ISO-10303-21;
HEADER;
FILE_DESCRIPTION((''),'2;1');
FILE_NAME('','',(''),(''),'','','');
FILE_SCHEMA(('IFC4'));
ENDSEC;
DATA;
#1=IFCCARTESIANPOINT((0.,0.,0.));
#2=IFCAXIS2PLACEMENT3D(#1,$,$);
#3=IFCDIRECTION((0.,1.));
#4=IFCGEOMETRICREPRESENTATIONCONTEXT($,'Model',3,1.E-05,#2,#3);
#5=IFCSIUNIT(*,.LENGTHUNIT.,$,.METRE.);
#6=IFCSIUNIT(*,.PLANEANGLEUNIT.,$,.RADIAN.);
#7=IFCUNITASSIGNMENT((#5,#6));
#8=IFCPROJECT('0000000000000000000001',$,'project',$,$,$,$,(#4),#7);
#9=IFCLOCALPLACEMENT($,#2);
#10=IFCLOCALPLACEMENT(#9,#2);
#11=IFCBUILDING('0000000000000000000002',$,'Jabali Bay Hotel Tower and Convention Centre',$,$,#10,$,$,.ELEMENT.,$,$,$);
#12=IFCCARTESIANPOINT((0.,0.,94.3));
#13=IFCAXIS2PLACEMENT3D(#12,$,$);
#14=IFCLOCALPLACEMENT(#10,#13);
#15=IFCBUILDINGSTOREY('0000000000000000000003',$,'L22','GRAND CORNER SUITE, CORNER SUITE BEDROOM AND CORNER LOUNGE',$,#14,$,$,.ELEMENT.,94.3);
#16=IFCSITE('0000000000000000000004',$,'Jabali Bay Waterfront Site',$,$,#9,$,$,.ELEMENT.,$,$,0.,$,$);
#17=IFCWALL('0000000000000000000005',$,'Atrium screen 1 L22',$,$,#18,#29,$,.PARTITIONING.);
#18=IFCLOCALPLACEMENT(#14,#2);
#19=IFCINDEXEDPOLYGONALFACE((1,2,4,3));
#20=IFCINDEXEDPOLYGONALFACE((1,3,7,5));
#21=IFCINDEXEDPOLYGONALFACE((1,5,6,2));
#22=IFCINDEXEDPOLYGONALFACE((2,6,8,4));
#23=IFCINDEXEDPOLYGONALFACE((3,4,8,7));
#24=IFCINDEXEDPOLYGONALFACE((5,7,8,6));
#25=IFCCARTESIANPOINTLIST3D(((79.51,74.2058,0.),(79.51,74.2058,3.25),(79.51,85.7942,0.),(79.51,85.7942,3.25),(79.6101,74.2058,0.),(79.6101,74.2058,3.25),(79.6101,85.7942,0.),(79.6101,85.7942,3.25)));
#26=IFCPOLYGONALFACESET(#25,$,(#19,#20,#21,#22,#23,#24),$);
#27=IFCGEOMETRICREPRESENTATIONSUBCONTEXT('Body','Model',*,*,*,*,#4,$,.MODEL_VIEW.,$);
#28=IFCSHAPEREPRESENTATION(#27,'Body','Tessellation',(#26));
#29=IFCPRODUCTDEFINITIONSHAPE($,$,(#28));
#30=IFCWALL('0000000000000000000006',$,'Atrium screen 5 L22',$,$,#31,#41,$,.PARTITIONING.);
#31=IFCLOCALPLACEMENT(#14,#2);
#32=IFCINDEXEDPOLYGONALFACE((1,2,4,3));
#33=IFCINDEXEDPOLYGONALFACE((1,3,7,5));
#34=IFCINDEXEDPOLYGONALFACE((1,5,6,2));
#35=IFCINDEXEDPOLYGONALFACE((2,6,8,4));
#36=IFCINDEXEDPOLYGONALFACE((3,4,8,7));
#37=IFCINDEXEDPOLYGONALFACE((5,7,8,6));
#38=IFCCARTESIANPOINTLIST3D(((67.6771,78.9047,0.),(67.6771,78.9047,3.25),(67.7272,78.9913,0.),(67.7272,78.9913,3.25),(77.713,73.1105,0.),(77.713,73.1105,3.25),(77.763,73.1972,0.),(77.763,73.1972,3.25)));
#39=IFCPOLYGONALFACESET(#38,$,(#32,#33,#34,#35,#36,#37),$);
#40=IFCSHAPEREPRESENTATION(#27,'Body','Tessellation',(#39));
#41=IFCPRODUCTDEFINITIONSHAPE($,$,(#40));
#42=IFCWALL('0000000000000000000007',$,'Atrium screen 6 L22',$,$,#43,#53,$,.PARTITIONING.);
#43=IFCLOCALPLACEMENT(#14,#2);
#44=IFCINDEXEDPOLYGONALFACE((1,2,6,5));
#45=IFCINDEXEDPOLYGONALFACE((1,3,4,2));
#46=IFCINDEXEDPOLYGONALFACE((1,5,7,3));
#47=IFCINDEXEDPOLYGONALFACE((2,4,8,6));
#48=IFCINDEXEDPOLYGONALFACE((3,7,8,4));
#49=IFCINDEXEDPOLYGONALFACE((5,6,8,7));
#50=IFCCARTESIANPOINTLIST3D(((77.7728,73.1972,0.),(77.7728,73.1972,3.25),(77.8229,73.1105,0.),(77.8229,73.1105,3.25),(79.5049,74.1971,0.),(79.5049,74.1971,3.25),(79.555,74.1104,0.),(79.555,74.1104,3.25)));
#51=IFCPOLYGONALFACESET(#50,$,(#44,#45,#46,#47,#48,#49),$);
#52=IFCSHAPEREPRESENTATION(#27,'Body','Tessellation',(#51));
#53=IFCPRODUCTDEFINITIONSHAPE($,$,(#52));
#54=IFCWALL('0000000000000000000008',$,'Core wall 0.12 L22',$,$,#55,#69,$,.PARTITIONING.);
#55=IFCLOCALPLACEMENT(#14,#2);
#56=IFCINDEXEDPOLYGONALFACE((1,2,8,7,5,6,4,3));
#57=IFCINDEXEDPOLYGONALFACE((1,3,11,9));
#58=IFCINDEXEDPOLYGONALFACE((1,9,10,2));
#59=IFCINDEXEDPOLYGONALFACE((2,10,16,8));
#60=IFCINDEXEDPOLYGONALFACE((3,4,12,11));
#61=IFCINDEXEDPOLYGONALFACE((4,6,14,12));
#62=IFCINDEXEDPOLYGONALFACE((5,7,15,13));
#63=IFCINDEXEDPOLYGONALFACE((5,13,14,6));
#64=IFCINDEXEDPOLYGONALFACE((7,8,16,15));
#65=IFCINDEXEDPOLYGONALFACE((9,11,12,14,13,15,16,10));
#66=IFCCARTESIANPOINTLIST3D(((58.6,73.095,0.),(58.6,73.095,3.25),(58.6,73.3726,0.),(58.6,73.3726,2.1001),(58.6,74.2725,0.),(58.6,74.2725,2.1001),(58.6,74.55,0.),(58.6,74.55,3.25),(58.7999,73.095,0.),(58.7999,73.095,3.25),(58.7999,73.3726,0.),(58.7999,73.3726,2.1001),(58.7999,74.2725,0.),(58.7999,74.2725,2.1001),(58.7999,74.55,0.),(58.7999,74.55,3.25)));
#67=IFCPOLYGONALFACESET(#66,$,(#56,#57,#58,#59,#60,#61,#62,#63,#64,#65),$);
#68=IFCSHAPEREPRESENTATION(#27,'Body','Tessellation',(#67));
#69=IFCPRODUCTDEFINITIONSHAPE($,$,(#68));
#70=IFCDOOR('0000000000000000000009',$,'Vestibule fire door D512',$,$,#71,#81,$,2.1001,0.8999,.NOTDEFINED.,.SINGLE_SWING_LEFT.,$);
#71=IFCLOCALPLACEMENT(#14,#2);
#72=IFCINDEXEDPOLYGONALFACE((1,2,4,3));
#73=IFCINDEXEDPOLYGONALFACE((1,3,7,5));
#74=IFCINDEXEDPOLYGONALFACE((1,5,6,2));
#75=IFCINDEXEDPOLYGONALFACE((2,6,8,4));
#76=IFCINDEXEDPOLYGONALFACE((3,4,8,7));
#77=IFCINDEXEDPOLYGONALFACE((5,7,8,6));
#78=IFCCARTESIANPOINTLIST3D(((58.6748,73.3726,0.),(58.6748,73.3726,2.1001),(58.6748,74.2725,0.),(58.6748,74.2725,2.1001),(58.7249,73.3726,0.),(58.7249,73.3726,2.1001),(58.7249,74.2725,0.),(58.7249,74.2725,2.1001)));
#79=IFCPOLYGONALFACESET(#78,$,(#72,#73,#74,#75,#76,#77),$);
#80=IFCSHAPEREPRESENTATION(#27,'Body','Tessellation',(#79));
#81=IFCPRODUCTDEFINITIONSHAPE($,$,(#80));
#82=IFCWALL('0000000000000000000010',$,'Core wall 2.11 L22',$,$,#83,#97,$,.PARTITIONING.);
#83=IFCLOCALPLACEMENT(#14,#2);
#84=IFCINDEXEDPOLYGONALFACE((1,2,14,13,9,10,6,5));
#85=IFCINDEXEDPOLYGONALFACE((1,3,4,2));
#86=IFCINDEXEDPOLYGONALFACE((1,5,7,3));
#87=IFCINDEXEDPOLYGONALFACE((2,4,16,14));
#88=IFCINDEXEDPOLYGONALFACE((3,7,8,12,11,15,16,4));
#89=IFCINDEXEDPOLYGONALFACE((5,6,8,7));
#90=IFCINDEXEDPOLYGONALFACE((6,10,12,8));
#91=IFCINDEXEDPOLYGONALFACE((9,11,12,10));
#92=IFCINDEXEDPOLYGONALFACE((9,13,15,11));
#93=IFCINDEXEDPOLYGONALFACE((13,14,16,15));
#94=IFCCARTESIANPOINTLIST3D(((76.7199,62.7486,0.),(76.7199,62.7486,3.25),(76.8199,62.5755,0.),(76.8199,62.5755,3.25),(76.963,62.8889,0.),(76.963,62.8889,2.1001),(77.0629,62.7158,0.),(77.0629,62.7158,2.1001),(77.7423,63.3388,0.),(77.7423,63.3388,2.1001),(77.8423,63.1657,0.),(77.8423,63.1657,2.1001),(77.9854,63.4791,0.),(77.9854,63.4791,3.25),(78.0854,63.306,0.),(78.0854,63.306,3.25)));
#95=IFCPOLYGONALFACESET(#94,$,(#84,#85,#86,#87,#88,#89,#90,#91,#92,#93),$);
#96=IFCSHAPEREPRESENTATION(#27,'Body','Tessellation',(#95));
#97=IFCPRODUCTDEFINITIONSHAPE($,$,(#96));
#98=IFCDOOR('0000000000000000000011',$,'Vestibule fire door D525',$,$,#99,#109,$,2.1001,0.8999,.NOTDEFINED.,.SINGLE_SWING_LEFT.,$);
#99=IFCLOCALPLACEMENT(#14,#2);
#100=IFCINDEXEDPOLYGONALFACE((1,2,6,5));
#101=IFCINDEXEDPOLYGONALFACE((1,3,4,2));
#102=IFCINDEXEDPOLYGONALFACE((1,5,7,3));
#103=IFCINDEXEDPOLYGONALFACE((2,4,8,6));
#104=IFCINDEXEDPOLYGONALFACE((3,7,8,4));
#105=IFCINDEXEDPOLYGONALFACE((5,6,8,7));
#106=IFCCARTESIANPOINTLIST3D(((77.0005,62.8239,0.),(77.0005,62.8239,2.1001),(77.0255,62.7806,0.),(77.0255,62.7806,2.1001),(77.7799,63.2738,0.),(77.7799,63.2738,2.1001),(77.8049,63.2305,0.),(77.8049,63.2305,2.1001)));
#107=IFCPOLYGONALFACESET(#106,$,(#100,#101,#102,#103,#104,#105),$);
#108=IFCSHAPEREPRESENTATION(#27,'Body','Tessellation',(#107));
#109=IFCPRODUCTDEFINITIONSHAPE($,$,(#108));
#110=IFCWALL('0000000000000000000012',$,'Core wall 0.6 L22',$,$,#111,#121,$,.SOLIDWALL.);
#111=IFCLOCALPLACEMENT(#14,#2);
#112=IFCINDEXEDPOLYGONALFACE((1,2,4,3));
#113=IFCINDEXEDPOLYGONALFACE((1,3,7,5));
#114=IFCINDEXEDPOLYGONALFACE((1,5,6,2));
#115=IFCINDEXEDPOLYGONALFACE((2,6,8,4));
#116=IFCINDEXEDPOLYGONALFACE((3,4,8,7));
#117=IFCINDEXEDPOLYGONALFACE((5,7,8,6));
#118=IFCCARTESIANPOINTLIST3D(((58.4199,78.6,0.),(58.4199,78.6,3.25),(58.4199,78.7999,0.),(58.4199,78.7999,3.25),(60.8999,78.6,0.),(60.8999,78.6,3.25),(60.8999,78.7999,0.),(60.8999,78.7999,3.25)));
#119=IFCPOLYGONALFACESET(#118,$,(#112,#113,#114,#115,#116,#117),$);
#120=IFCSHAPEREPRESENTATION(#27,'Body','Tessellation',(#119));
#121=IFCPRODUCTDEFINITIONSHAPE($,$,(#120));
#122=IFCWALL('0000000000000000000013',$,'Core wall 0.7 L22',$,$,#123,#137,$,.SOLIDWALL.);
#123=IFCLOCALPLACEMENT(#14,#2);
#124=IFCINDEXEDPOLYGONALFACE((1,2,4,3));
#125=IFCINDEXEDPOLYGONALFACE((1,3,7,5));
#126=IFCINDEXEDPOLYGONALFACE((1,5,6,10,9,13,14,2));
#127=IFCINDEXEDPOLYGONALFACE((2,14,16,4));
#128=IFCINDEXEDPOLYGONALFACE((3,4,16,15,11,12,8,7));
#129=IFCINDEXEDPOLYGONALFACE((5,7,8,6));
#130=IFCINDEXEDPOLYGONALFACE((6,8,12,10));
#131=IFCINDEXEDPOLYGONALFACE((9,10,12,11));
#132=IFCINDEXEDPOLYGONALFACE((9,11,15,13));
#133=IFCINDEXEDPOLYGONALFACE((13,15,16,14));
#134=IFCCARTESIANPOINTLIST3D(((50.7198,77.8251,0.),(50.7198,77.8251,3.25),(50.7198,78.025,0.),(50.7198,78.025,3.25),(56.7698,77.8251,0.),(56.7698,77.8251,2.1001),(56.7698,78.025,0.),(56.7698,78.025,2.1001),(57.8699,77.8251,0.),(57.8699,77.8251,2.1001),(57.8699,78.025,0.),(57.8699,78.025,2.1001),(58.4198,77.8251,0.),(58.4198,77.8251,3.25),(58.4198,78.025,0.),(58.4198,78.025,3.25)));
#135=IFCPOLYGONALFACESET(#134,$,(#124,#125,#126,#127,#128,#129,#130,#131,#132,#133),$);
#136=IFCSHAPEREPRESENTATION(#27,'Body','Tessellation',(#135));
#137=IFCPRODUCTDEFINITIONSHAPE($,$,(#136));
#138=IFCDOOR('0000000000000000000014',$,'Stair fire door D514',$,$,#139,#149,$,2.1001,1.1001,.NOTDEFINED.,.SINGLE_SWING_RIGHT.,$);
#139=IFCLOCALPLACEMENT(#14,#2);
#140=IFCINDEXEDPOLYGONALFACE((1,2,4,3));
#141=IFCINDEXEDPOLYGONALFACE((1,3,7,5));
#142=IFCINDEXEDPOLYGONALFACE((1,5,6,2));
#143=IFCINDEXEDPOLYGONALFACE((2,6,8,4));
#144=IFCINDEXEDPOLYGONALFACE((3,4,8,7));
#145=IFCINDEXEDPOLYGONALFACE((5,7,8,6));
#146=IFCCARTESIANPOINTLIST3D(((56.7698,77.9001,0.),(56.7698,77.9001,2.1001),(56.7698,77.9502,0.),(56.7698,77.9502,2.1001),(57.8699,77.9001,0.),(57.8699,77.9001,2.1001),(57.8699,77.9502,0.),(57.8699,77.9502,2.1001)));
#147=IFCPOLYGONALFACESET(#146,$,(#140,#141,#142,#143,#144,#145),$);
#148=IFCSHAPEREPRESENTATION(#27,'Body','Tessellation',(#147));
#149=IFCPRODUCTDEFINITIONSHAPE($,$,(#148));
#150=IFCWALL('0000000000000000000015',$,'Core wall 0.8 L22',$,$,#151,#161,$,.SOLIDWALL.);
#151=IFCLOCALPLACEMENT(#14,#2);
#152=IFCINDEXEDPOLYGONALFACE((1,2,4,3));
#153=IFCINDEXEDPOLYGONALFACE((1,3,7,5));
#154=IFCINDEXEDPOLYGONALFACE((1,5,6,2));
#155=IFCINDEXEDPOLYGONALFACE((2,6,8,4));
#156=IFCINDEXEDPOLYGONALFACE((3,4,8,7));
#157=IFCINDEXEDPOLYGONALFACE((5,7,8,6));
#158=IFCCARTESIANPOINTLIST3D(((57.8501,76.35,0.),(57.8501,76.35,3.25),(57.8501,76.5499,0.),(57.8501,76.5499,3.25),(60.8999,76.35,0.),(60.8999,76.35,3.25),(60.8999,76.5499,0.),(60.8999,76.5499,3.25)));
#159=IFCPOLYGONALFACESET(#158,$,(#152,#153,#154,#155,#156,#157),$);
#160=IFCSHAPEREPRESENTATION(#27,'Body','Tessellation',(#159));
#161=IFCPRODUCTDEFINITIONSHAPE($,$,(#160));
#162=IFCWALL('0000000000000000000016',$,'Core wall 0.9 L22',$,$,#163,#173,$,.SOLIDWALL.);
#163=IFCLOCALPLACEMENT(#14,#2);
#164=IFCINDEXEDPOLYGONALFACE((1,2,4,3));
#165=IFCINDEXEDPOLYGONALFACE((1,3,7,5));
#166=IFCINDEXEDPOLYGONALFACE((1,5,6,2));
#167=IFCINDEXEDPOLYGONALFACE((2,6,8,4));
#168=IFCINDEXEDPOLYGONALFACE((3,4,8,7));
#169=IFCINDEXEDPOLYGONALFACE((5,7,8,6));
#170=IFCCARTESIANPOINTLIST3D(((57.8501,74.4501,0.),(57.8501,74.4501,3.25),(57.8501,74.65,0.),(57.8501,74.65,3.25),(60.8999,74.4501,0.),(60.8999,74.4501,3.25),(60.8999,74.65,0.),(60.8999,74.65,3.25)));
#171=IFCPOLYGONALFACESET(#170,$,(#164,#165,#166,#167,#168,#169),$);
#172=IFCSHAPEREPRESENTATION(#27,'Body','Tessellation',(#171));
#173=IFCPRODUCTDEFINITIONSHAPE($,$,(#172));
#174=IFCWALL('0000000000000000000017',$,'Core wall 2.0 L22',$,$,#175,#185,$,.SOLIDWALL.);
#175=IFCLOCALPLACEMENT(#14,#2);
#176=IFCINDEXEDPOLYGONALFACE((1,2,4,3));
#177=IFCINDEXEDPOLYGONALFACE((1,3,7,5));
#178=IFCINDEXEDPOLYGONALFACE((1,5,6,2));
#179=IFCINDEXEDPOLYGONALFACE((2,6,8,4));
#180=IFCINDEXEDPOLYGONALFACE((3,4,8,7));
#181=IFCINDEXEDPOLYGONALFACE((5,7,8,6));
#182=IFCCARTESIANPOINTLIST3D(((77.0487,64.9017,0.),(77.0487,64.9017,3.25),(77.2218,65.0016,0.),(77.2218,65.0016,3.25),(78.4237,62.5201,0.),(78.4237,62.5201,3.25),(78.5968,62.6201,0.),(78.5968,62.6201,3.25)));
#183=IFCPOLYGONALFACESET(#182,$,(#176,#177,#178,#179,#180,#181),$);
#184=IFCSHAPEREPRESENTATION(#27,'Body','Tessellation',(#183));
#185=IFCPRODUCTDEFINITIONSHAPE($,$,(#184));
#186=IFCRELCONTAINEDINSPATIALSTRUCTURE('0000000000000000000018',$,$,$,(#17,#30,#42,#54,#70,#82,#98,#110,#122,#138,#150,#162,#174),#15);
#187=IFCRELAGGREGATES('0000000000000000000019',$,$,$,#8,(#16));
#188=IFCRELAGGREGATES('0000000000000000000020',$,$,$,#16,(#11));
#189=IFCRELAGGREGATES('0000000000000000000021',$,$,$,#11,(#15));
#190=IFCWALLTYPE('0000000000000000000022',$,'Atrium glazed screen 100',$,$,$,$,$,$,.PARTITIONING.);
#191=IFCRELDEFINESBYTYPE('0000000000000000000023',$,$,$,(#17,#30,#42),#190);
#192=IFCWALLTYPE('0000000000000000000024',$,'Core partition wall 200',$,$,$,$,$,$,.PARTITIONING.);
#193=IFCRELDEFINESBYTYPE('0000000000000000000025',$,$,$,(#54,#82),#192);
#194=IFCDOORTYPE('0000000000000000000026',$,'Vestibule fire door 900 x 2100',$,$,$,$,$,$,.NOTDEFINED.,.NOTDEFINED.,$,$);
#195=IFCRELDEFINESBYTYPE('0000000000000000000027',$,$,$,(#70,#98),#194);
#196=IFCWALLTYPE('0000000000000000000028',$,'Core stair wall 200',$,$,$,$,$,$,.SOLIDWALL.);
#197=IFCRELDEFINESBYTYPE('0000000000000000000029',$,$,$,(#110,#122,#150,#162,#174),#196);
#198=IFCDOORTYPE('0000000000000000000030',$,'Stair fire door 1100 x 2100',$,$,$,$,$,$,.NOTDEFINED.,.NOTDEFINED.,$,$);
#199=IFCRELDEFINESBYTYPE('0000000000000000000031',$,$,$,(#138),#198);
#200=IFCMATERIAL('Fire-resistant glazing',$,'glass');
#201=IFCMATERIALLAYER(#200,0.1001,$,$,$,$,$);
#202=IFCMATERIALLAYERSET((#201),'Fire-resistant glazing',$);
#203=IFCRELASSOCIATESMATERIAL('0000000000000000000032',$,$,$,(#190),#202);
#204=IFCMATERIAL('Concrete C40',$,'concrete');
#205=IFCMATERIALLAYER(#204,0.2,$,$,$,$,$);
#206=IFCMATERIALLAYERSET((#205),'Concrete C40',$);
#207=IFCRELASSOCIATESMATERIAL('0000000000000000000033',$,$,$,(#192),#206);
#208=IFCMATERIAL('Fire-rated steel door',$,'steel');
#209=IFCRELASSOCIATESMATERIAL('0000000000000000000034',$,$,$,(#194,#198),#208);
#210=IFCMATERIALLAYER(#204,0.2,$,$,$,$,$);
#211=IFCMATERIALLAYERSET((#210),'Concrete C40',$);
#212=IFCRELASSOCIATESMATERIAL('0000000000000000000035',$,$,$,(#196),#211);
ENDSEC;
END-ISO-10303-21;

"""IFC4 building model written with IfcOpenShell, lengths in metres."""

from ifc_helpers import new_model, si_unit, direction, frame, frame_2d, origin, place, context, subcontext, project, spatial, rectangle, extrude, material, layer, layer_set, type_object, element, fill, save


model = new_model("IFC4")

# Units and contexts
model_context = context("Model", 3, precision=1e-05, world=origin(), true_north=direction((0.0, 1.0)))
body_context = subcontext(model_context, "Body", "Model", "MODEL_VIEW")
ifc_project = project(units=[si_unit("LENGTHUNIT", "METRE"), si_unit("PLANEANGLEUNIT", "RADIAN")], contexts=[model_context])

# Site, building, storey
site_placement = place(None, origin())
site = spatial("IfcSite", under=ifc_project, at=site_placement, Name="Jabali Bay Waterfront Site", CompositionType="ELEMENT", RefElevation=0.0)
building_placement = place(site_placement, origin())
building = spatial("IfcBuilding", under=site, at=building_placement, Name="Jabali Bay Hotel Tower and Convention Centre", CompositionType="ELEMENT")
storey_placement = place(building_placement, frame((0.0, 0.0, 94.3)))
storey = spatial("IfcBuildingStorey", under=building, at=storey_placement, Name="L22", Description="GRAND CORNER SUITE, CORNER SUITE BEDROOM AND CORNER LOUNGE", CompositionType="ELEMENT", Elevation=94.3)

# Walls
ifc_material_1 = material(Name="Fire-resistant glazing", Category="glass")
ifc_layer_1 = layer(ifc_material_1, 0.1001)
ifc_layer_set_1 = layer_set([ifc_layer_1], Name="Fire-resistant glazing")
wall_type_1 = type_object("IfcWallType", Name="Atrium glazed screen 100", PredefinedType="PARTITIONING", material=ifc_layer_set_1)
for number, where, z_axis, x_axis, name in (
    (1, (79.5601, 74.2058, 0.0), (0.0, 0.0, 1.0), (0.0, 1.0, 0.0), "Atrium screen 1 L22"),
    (2, (67.7021, 78.948, 0.0), (0.0, 0.0, 1.0), (0.866027, -0.499998, 0.0), "Atrium screen 5 L22"),
):
    element("IfcWall", number, at=place(storey_placement, frame(where, z_axis=z_axis, x_axis=x_axis)), inside=storey, type_object=wall_type_1, Name=name, PredefinedType="PARTITIONING", context=body_context, shape_type="SweptSolid", body=[
        extrude(rectangle(XDim=11.5884, YDim=0.1001, at=frame_2d((5.7942, 0.0))), origin(), (0.0, 0.0, 1.0), 3.25),
    ])
wall_1_placement = place(storey_placement, frame((77.7979, 73.1538, 0.0), z_axis=(0.0, 0.0, 1.0), x_axis=(0.866041, 0.499973, 0.0)))
element("IfcWall", 3, at=wall_1_placement, inside=storey, type_object=wall_type_1, Name="Atrium screen 6 L22", PredefinedType="PARTITIONING", context=body_context, shape_type="SweptSolid", body=[
    extrude(rectangle(XDim=2.0, YDim=0.1001, at=frame_2d((1.0, 0.0))), origin(), (0.0, 0.0, 1.0), 3.25),
])

# Walls, openings, doors
ifc_material_2 = material(Name="Concrete C40", Category="concrete")
ifc_layer_2 = layer(ifc_material_2, 0.2)
ifc_layer_set_2 = layer_set([ifc_layer_2], Name="Concrete C40")
wall_type_2 = type_object("IfcWallType", Name="Core partition wall 200", PredefinedType="PARTITIONING", material=ifc_layer_set_2)
wall_2_placement = place(storey_placement, frame((58.7, 74.55, 0.0), z_axis=(0.0, 0.0, 1.0), x_axis=(0.0, -1.0, 0.0)))
wall_2 = element("IfcWall", 4, at=wall_2_placement, inside=storey, type_object=wall_type_2, Name="Core wall 0.12 L22", PredefinedType="PARTITIONING", context=body_context, shape_type="SweptSolid", body=[
    extrude(rectangle(XDim=1.4551, YDim=0.2, at=frame_2d((0.7275, 0.0))), origin(), (0.0, 0.0, 1.0), 3.25),
])
opening_1_placement = place(wall_2_placement, frame((0.2776, 0.0, 0.0)))
opening_1 = element("IfcOpeningElement", 5, at=opening_1_placement, cuts=wall_2, PredefinedType="OPENING", context=body_context, shape_type="SweptSolid", body=[
    extrude(rectangle(XDim=0.8999, YDim=2.1001, at=frame_2d((0.45, 1.05))), frame((0.0, 0.1104, 0.0), z_axis=(0.0, -1.0, 0.0), x_axis=(1.0, 0.0, 0.0)), (0.0, 0.0, 1.0), 0.2209),
])
ifc_material_3 = material(Name="Fire-rated steel door", Category="steel")
door_type_1 = type_object("IfcDoorType", Name="Vestibule fire door 900 x 2100", OperationType="NOTDEFINED", PredefinedType="NOTDEFINED", material=ifc_material_3)
door_1_placement = place(opening_1_placement, origin())
door_1 = element("IfcDoor", 6, at=door_1_placement, inside=storey, type_object=door_type_1, Name="Vestibule fire door D512", OperationType="SINGLE_SWING_LEFT", OverallHeight=2.1001, OverallWidth=0.8999, PredefinedType="NOTDEFINED", context=body_context, shape_type="SweptSolid", body=[
    extrude(rectangle(XDim=0.8999, YDim=2.1001, at=frame_2d((0.45, 1.05))), frame((0.0, 0.0249, 0.0), z_axis=(0.0, -1.0, 0.0), x_axis=(1.0, 0.0, 0.0)), (0.0, 0.0, 1.0), 0.05),
])
fill(opening_1, door_1)
wall_3_placement = place(storey_placement, frame((76.77, 62.6621, 0.0), z_axis=(0.0, 0.0, 1.0), x_axis=(0.866055, 0.499949, 0.0)))
wall_3 = element("IfcWall", 7, at=wall_3_placement, inside=storey, type_object=wall_type_2, Name="Core wall 2.11 L22", PredefinedType="PARTITIONING", context=body_context, shape_type="SweptSolid", body=[
    extrude(rectangle(XDim=1.4612, YDim=0.2, at=frame_2d((0.7305, 0.0))), origin(), (0.0, 0.0, 1.0), 3.25),
])
opening_2_placement = place(wall_3_placement, frame((0.2805, 0.0, 0.0)))
opening_2 = element("IfcOpeningElement", 8, at=opening_2_placement, cuts=wall_3, PredefinedType="OPENING", context=body_context, shape_type="SweptSolid", body=[
    extrude(rectangle(XDim=0.8999, YDim=2.1001, at=frame_2d((0.45, 1.05))), frame((0.0, 0.1104, 0.0), z_axis=(0.0, -1.0, 0.0), x_axis=(1.0, 0.0, 0.0)), (0.0, 0.0, 1.0), 0.2209),
])
door_2_placement = place(opening_2_placement, origin())
door_2 = element("IfcDoor", 9, at=door_2_placement, inside=storey, type_object=door_type_1, Name="Vestibule fire door D525", OperationType="SINGLE_SWING_LEFT", OverallHeight=2.1001, OverallWidth=0.8999, PredefinedType="NOTDEFINED", context=body_context, shape_type="SweptSolid", body=[
    extrude(rectangle(XDim=0.8999, YDim=2.1001, at=frame_2d((0.45, 1.05))), frame((0.0, 0.0249, 0.0), z_axis=(0.0, -1.0, 0.0), x_axis=(1.0, 0.0, 0.0)), (0.0, 0.0, 1.0), 0.05),
])
fill(opening_2, door_2)

# Wall
ifc_layer_3 = layer(ifc_material_2, 0.2)
ifc_layer_set_3 = layer_set([ifc_layer_3], Name="Concrete C40")
wall_type_3 = type_object("IfcWallType", Name="Core stair wall 200", PredefinedType="SOLIDWALL", material=ifc_layer_set_3)
wall_4_placement = place(storey_placement, frame((60.8999, 78.7, 0.0), z_axis=(0.0, 0.0, 1.0), x_axis=(-1.0, 0.0, 0.0)))
element("IfcWall", 10, at=wall_4_placement, inside=storey, type_object=wall_type_3, Name="Core wall 0.6 L22", PredefinedType="SOLIDWALL", context=body_context, shape_type="SweptSolid", body=[
    extrude(rectangle(XDim=2.48, YDim=0.2, at=frame_2d((1.24, 0.0))), origin(), (0.0, 0.0, 1.0), 3.25),
])

# Wall, opening, door
wall_5_placement = place(storey_placement, frame((58.4199, 77.925, 0.0), z_axis=(0.0, 0.0, 1.0), x_axis=(-1.0, 0.0, 0.0)))
wall_5 = element("IfcWall", 11, at=wall_5_placement, inside=storey, type_object=wall_type_3, Name="Core wall 0.7 L22", PredefinedType="SOLIDWALL", context=body_context, shape_type="SweptSolid", body=[
    extrude(rectangle(XDim=7.7, YDim=0.2, at=frame_2d((3.8501, 0.0))), origin(), (0.0, 0.0, 1.0), 3.25),
])
opening_3_placement = place(wall_5_placement, frame((0.55, 0.0, 0.0)))
opening_3 = element("IfcOpeningElement", 12, at=opening_3_placement, cuts=wall_5, PredefinedType="OPENING", context=body_context, shape_type="SweptSolid", body=[
    extrude(rectangle(XDim=1.1001, YDim=2.1001, at=frame_2d((0.55, 1.05))), frame((0.0, 0.1104, 0.0), z_axis=(0.0, -1.0, 0.0), x_axis=(1.0, 0.0, 0.0)), (0.0, 0.0, 1.0), 0.2209),
])
door_type_2 = type_object("IfcDoorType", Name="Stair fire door 1100 x 2100", OperationType="NOTDEFINED", PredefinedType="NOTDEFINED", material=ifc_material_3)
door_3_placement = place(opening_3_placement, origin())
door_3 = element("IfcDoor", 13, at=door_3_placement, inside=storey, type_object=door_type_2, Name="Stair fire door D514", OperationType="SINGLE_SWING_RIGHT", OverallHeight=2.1001, OverallWidth=1.1001, PredefinedType="NOTDEFINED", context=body_context, shape_type="SweptSolid", body=[
    extrude(rectangle(XDim=1.1001, YDim=2.1001, at=frame_2d((0.55, 1.05))), frame((0.0, 0.0249, 0.0), z_axis=(0.0, -1.0, 0.0), x_axis=(1.0, 0.0, 0.0)), (0.0, 0.0, 1.0), 0.05),
])
fill(opening_3, door_3)

# Walls
for number, where, z_axis, x_axis, name in (
    (14, (60.8999, 76.45, 0.0), (0.0, 0.0, 1.0), (-1.0, 0.0, 0.0), "Core wall 0.8 L22"),
    (15, (60.8999, 74.55, 0.0), (0.0, 0.0, 1.0), (-1.0, 0.0, 0.0), "Core wall 0.9 L22"),
):
    element("IfcWall", number, at=place(storey_placement, frame(where, z_axis=z_axis, x_axis=x_axis)), inside=storey, type_object=wall_type_3, Name=name, PredefinedType="SOLIDWALL", context=body_context, shape_type="SweptSolid", body=[
        extrude(rectangle(XDim=3.0498, YDim=0.2, at=frame_2d((1.5249, 0.0))), origin(), (0.0, 0.0, 1.0), 3.25),
    ])
for number, where, z_axis, x_axis, name in (
    (16, (77.1353, 64.9517, 0.0), (0.0, 0.0, 1.0), (0.499997, -0.866027, 0.0), "Core wall 2.0 L22"),
):
    element("IfcWall", number, at=place(storey_placement, frame(where, z_axis=z_axis, x_axis=x_axis)), inside=storey, type_object=wall_type_3, Name=name, PredefinedType="SOLIDWALL", context=body_context, shape_type="SweptSolid", body=[
        extrude(rectangle(XDim=2.75, YDim=0.2, at=frame_2d((1.375, 0.0))), origin(), (0.0, 0.0, 1.0), 3.25),
    ])

save(model, "model.ifc")
